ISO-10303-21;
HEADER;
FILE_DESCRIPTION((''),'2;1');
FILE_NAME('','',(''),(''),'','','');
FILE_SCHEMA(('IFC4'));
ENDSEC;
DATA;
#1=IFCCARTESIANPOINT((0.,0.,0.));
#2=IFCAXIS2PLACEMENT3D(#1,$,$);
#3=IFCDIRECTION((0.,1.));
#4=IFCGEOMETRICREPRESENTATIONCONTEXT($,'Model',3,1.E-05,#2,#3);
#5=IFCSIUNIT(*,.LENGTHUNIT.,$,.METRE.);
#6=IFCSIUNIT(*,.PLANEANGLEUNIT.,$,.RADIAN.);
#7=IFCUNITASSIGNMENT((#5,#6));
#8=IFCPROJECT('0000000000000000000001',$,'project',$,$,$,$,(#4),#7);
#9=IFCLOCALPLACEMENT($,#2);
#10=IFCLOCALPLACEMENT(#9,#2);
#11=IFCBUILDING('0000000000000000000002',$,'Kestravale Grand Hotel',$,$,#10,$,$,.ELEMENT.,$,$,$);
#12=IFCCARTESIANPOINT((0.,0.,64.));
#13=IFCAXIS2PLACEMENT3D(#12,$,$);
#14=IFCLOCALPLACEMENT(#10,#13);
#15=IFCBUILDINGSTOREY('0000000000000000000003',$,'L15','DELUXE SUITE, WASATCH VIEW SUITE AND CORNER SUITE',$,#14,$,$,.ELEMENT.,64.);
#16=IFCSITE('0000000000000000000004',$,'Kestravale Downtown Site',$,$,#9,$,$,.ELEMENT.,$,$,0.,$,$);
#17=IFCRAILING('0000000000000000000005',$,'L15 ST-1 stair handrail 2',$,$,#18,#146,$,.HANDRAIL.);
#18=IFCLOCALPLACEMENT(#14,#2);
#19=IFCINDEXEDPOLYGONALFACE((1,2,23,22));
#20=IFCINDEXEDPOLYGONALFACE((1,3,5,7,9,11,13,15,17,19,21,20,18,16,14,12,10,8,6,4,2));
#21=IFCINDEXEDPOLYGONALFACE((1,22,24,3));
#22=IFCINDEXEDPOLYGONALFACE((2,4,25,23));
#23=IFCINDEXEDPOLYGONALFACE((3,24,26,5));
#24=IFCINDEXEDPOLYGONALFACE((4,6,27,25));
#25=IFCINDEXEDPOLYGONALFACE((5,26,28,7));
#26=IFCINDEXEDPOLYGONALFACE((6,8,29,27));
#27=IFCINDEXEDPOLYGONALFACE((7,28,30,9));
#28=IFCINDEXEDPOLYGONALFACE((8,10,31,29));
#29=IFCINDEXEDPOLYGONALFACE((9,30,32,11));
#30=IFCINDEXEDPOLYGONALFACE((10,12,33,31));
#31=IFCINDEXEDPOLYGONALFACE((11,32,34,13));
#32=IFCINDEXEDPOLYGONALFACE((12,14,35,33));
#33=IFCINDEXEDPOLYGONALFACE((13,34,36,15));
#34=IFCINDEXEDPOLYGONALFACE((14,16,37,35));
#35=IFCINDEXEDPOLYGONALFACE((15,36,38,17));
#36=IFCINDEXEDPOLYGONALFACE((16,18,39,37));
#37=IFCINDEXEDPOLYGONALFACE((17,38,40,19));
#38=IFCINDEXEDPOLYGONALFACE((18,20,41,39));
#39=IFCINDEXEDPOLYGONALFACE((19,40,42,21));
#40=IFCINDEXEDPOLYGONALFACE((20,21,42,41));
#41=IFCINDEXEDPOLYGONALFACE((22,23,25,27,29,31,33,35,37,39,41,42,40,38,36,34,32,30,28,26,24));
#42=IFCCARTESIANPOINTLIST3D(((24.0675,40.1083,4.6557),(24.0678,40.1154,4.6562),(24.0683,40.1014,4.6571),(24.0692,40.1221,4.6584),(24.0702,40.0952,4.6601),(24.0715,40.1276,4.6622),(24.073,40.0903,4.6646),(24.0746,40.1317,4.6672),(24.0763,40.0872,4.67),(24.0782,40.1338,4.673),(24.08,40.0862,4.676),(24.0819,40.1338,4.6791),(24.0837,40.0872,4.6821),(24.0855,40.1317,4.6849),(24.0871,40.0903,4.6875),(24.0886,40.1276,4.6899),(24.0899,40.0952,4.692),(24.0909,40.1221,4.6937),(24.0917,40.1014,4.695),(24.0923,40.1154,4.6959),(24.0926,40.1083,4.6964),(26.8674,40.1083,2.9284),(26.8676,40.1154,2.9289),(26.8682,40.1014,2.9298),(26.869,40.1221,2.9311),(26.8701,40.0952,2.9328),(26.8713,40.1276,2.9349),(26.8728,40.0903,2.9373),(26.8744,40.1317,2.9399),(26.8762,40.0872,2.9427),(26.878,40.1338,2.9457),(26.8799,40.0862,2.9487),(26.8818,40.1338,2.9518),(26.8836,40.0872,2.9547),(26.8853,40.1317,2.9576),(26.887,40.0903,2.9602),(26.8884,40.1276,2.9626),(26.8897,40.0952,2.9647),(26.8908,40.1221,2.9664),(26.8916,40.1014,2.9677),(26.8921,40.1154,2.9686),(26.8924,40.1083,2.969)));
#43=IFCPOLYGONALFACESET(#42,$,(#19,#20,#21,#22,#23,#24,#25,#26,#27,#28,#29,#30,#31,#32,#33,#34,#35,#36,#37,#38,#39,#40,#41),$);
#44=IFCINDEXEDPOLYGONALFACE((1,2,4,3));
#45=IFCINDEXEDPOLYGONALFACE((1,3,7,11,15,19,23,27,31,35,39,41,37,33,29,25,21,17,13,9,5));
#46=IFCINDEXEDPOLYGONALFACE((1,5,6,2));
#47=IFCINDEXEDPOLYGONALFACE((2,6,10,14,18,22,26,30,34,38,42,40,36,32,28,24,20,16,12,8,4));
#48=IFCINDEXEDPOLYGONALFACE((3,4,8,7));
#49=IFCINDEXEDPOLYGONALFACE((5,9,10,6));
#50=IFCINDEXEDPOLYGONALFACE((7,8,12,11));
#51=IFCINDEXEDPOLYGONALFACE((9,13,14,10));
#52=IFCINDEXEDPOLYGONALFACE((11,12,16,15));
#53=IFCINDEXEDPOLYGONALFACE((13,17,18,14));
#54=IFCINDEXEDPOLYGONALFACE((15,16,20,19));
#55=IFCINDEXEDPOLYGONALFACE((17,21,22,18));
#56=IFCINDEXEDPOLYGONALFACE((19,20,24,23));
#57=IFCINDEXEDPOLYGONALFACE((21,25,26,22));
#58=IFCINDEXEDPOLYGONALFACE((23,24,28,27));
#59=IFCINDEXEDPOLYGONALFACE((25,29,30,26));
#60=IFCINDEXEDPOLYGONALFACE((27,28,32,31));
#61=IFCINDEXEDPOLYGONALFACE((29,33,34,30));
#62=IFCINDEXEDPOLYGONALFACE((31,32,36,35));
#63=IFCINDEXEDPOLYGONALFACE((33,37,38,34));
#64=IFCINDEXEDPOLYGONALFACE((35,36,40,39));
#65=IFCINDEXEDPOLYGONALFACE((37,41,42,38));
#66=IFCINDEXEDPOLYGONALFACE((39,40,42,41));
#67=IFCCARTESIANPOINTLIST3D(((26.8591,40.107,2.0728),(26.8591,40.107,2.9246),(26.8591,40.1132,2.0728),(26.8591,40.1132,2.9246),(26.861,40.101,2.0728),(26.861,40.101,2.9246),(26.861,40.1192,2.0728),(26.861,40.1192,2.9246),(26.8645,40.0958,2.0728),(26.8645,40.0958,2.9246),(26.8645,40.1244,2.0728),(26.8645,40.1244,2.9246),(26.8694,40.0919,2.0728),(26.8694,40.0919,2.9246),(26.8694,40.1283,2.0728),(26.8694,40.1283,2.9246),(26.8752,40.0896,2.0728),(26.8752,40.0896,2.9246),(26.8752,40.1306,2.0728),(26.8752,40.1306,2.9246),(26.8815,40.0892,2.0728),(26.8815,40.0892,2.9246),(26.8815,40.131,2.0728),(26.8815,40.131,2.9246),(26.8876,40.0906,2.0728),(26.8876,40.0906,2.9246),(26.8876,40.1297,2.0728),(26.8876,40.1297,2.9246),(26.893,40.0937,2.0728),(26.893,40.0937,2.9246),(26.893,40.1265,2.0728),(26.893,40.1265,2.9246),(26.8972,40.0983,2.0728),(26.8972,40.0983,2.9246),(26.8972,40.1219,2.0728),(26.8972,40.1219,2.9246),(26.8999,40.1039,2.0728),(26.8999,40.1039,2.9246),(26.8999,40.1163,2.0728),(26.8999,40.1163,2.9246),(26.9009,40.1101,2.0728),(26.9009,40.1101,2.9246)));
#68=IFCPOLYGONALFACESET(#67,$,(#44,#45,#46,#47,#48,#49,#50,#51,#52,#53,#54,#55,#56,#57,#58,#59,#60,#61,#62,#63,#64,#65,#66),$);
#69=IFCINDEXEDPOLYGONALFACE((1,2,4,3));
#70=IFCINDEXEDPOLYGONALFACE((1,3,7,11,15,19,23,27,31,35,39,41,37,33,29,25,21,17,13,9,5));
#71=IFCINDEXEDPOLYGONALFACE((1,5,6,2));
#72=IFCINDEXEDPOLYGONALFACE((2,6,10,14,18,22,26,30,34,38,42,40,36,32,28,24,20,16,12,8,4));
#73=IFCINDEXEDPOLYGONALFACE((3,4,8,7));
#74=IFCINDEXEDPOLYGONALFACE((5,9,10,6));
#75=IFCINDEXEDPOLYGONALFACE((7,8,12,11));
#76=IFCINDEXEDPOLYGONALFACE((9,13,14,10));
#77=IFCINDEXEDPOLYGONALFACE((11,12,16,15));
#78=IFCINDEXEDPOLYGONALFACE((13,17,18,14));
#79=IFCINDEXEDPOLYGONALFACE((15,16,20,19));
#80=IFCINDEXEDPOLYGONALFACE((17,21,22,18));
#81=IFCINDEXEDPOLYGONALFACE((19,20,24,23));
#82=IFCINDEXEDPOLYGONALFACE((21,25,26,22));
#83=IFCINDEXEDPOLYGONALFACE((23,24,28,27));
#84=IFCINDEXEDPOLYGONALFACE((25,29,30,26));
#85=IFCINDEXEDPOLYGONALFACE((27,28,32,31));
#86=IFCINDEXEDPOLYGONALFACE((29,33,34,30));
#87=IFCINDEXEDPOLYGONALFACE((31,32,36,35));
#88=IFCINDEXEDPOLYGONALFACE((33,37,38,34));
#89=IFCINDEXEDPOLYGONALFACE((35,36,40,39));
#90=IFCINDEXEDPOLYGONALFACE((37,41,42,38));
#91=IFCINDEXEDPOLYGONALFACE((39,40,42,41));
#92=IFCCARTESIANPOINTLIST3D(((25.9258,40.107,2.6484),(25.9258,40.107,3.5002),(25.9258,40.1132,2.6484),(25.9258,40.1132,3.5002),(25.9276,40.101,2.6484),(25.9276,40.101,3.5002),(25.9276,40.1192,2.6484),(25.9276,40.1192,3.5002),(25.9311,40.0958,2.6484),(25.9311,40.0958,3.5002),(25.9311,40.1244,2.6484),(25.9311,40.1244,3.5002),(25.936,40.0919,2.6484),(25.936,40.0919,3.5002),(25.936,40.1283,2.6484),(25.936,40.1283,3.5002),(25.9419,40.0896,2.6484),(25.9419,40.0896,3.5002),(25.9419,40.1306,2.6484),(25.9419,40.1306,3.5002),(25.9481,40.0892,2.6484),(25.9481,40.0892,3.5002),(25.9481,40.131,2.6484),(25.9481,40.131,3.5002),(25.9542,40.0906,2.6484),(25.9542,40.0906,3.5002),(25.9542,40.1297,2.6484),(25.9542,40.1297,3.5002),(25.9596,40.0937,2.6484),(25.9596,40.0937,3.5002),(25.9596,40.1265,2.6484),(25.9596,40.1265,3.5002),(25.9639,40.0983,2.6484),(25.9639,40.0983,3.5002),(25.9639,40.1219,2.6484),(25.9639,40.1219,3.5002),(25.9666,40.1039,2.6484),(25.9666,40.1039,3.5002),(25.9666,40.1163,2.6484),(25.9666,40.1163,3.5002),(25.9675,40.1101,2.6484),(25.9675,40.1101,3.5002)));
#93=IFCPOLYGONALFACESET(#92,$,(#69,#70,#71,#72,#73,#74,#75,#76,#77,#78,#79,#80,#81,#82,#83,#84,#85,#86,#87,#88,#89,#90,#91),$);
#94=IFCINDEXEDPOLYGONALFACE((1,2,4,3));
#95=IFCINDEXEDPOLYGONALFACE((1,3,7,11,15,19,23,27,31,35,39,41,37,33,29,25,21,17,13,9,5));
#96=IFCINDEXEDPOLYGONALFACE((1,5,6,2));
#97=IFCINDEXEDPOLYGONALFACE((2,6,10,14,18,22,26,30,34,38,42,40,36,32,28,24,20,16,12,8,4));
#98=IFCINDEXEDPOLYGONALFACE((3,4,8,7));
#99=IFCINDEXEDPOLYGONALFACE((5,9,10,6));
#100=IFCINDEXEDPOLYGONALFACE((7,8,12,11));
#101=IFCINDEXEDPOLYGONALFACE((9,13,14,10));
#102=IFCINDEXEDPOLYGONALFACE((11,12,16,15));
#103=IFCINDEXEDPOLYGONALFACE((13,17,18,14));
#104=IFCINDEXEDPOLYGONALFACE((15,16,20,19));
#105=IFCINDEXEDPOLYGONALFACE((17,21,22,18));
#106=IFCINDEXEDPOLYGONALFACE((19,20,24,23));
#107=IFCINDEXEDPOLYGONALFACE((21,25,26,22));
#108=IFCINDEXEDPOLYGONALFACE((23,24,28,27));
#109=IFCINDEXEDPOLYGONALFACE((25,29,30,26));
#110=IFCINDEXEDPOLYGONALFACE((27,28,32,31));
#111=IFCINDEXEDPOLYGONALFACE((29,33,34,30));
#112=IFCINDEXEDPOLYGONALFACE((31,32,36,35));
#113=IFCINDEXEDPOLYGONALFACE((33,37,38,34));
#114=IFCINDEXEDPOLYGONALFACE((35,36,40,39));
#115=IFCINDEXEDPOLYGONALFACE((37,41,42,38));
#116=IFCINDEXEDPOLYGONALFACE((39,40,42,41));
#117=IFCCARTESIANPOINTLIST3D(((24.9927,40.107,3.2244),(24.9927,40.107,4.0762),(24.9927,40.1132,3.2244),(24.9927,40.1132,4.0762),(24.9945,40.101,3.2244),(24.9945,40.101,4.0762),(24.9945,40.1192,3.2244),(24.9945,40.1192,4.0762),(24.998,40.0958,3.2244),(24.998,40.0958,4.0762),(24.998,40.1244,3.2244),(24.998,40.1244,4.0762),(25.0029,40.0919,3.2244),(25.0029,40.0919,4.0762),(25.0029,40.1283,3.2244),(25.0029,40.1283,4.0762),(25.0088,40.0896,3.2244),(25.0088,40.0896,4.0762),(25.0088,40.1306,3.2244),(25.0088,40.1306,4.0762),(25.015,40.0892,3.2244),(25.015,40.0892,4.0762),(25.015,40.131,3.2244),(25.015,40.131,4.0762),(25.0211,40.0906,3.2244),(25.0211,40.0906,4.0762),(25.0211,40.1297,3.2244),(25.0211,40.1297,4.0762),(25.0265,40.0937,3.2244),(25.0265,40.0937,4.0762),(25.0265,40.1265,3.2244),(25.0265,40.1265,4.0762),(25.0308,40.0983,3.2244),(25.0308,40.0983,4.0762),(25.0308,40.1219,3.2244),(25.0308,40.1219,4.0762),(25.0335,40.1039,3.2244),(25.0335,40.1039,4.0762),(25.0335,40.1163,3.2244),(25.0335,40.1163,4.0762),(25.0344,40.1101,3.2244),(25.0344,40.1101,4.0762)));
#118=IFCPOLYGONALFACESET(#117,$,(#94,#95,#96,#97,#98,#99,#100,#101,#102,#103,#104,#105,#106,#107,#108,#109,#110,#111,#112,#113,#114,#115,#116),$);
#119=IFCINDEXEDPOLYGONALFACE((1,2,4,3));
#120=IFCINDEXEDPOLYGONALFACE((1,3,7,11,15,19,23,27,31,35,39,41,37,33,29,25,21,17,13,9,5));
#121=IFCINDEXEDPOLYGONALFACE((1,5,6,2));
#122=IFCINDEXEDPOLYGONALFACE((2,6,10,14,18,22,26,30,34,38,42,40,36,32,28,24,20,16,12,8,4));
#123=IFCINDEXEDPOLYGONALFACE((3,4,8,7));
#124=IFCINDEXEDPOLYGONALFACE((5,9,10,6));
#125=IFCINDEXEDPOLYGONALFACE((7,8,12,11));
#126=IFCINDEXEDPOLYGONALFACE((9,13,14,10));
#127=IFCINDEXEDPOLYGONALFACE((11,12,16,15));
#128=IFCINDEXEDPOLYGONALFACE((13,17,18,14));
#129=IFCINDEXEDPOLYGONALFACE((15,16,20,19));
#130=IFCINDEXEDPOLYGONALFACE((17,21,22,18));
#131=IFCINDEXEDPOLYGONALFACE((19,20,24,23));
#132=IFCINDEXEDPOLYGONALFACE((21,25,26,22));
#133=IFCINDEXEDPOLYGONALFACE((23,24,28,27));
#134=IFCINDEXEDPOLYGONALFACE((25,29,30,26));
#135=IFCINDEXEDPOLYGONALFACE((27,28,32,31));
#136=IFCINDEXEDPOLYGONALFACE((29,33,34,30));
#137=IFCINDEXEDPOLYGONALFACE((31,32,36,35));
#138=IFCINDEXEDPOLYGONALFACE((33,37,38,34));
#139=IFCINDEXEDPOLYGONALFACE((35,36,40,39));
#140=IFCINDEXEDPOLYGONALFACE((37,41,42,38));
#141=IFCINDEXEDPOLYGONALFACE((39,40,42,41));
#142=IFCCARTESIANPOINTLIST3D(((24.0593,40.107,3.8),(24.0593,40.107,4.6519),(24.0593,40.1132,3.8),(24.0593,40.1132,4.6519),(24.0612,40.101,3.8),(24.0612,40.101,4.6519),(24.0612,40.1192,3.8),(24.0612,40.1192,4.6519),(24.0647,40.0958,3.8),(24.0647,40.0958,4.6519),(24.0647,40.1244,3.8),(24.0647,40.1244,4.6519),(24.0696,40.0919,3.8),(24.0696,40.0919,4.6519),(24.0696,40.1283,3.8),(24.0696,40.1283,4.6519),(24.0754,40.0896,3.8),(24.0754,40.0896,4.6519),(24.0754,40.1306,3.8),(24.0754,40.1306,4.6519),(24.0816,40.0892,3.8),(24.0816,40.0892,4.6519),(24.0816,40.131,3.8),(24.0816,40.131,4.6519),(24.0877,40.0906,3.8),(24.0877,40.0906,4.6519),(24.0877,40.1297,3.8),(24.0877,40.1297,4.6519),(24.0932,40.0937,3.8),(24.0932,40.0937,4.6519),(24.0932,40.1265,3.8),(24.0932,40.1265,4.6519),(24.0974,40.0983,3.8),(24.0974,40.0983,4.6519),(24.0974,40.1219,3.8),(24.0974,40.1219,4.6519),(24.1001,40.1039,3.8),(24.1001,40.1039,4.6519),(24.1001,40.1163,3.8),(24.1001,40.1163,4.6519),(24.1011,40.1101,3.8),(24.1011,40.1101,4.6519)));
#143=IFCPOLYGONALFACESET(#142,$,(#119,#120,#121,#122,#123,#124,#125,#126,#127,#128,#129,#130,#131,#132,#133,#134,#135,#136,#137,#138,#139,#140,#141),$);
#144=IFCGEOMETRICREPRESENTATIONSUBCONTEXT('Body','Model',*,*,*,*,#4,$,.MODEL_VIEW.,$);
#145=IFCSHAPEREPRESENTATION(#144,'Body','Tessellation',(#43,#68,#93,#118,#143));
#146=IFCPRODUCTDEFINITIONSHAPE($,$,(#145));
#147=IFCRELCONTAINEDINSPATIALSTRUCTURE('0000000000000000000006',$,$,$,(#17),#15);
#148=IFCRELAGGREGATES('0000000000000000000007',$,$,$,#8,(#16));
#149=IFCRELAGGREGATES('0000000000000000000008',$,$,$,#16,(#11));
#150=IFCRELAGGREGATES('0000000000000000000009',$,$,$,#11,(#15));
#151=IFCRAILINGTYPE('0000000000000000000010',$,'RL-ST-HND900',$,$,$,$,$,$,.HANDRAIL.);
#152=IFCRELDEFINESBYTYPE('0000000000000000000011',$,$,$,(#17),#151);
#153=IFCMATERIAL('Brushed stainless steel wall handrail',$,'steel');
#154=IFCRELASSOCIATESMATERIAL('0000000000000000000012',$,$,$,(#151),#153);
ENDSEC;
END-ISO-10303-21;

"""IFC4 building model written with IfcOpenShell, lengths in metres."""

from ifc_helpers import new_model, si_unit, direction, frame, origin, origin_2d, place, context, subcontext, project, spatial, circle, extrude, material, type_object, element, save


model = new_model("IFC4")

# Units and contexts
model_context = context("Model", 3, precision=1e-05, world=origin(), true_north=direction((0.0, 1.0)))
body_context = subcontext(model_context, "Body", "Model", "MODEL_VIEW")
ifc_project = project(units=[si_unit("LENGTHUNIT", "METRE"), si_unit("PLANEANGLEUNIT", "RADIAN")], contexts=[model_context])

# Site, building, storey
site_placement = place(None, origin())
site = spatial("IfcSite", under=ifc_project, at=site_placement, Name="Kestravale Downtown Site", CompositionType="ELEMENT", RefElevation=0.0)
building_placement = place(site_placement, origin())
building = spatial("IfcBuilding", under=site, at=building_placement, Name="Kestravale Grand Hotel", CompositionType="ELEMENT")
storey_placement = place(building_placement, frame((0.0, 0.0, 64.0)))
storey = spatial("IfcBuildingStorey", under=building, at=storey_placement, Name="L15", Description="DELUXE SUITE, WASATCH VIEW SUITE AND CORNER SUITE", CompositionType="ELEMENT", Elevation=64.0)

# Railing
ifc_material_1 = material(Name="Brushed stainless steel wall handrail", Category="steel")
railing_type_1 = type_object("IfcRailingType", Name="RL-ST-HND900", PredefinedType="HANDRAIL", material=ifc_material_1)
railing_1_placement = place(storey_placement, frame((26.8799, 40.1101, 2.0728)))
element("IfcRailing", 1, at=railing_1_placement, inside=storey, type_object=railing_type_1, Name="L15 ST-1 stair handrail 2", PredefinedType="HANDRAIL", context=body_context, shape_type="SweptSolid", body=[
    extrude(circle(Radius=0.0239, at=origin_2d()), frame((0.0, 0.0, 0.876), z_axis=(-0.851069, 0.0, 0.525054), x_axis=(0.0, -1.0, 0.0)), (0.0, 0.0, 1.0), 3.2898),
    extrude(circle(Radius=0.021, at=origin_2d()), origin(), (0.0, 0.0, 1.0), 0.8518),
    extrude(circle(Radius=0.021, at=origin_2d()), frame((-0.9333, 0.0, 0.5757)), (0.0, 0.0, 1.0), 0.8518),
    extrude(circle(Radius=0.021, at=origin_2d()), frame((-1.8665, 0.0, 1.1516)), (0.0, 0.0, 1.0), 0.8518),
    extrude(circle(Radius=0.021, at=origin_2d()), frame((-2.7998, 0.0, 1.7273)), (0.0, 0.0, 1.0), 0.8518),
])

save(model, "model.ifc")
